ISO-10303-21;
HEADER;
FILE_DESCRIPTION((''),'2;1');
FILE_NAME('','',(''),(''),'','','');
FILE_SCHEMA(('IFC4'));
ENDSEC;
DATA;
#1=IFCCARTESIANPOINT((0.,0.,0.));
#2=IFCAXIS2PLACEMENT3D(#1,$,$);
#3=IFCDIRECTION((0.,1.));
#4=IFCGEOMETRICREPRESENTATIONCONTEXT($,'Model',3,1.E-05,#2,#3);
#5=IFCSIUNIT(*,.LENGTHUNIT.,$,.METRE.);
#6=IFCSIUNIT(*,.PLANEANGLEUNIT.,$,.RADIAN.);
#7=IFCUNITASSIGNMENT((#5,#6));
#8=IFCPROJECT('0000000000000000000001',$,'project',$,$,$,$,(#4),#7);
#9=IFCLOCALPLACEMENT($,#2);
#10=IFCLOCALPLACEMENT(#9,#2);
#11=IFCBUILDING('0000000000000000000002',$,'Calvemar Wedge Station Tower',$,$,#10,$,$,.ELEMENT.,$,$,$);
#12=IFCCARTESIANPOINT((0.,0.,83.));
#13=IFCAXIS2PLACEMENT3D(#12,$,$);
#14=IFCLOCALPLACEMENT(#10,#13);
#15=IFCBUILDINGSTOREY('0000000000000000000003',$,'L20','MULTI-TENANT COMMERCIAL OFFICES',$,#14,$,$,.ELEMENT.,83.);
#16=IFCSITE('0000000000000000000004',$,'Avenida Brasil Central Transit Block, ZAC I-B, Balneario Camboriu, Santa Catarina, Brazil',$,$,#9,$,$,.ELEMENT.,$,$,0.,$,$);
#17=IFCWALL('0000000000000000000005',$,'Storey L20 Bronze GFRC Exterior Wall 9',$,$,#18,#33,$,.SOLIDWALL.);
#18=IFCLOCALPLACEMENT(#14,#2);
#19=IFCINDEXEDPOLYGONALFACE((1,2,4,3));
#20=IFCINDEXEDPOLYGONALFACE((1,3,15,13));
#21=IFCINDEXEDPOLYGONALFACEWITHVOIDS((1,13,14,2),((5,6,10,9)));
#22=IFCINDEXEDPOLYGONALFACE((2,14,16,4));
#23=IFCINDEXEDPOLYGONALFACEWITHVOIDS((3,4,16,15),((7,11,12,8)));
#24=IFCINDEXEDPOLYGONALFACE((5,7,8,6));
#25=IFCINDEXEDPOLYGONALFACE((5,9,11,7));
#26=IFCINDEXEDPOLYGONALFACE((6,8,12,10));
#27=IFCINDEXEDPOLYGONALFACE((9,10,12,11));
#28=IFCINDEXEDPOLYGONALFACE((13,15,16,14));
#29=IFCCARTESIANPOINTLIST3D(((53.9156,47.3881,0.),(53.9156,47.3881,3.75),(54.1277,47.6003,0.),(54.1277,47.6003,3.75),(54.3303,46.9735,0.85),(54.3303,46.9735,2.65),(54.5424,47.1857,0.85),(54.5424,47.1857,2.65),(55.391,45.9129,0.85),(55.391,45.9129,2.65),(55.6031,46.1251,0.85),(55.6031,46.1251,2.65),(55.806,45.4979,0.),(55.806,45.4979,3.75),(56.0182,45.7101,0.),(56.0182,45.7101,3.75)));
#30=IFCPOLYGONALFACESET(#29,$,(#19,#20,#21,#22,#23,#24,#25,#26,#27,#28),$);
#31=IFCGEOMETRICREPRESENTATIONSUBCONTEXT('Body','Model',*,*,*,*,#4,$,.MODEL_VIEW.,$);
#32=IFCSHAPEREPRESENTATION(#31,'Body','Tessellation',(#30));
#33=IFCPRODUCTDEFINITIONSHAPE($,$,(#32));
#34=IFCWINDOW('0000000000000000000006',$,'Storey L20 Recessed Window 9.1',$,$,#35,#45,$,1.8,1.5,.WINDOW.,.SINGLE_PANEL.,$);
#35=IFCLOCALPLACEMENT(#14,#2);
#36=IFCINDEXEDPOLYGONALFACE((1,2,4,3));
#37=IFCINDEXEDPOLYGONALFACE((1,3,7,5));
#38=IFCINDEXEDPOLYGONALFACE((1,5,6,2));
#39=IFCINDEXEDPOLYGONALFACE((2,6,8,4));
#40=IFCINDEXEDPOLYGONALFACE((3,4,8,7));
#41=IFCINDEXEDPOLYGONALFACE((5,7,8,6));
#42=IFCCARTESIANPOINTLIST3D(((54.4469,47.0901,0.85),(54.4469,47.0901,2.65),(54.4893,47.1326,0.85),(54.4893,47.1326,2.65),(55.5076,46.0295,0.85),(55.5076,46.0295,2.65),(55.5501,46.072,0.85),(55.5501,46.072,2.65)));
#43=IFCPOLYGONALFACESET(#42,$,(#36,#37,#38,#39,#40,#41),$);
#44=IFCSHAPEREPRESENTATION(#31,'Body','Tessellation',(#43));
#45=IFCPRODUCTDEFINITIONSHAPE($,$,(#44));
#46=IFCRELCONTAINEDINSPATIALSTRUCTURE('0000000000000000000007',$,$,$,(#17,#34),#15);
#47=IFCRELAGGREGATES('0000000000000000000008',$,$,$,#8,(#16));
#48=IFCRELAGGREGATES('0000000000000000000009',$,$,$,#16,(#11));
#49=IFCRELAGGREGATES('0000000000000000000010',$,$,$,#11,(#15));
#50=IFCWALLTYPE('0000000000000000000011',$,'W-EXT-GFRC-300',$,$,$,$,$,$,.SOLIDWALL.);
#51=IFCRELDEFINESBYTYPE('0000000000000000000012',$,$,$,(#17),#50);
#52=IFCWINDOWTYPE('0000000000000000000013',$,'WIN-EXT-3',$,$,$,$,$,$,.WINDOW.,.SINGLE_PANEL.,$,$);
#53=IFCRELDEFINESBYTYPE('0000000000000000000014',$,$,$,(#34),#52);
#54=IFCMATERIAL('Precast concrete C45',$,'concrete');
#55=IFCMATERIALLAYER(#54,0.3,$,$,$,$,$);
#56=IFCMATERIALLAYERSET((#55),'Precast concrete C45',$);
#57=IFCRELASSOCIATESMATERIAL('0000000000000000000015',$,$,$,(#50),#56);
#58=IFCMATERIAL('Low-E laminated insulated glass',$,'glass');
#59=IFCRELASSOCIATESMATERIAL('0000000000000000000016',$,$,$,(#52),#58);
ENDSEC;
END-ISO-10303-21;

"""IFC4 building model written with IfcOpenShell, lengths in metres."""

from ifc_helpers import new_model, si_unit, direction, frame, frame_2d, origin, place, context, subcontext, project, spatial, rectangle, extrude, source, transform, mapped, material, layer, layer_set, type_object, element, fill, save


model = new_model("IFC4")

# Units and contexts
model_context = context("Model", 3, precision=1e-05, world=origin(), true_north=direction((0.0, 1.0)))
body_context = subcontext(model_context, "Body", "Model", "MODEL_VIEW")
ifc_project = project(units=[si_unit("LENGTHUNIT", "METRE"), si_unit("PLANEANGLEUNIT", "RADIAN")], contexts=[model_context])

# Site, building, storey
site_placement = place(None, origin())
site = spatial("IfcSite", under=ifc_project, at=site_placement, Name="Avenida Brasil Central Transit Block, ZAC I-B, Balneario Camboriu, Santa Catarina, Brazil", CompositionType="ELEMENT", RefElevation=0.0)
building_placement = place(site_placement, origin())
building = spatial("IfcBuilding", under=site, at=building_placement, Name="Calvemar Wedge Station Tower", CompositionType="ELEMENT")
storey_placement = place(building_placement, frame((0.0, 0.0, 83.0)))
storey = spatial("IfcBuildingStorey", under=building, at=storey_placement, Name="L20", Description="MULTI-TENANT COMMERCIAL OFFICES", CompositionType="ELEMENT", Elevation=83.0)

# Shared definitions
ifc_material_1 = material(Name="Precast concrete C45", Category="concrete")

# Wall, opening, window
ifc_layer_1 = layer(ifc_material_1, 0.3)
ifc_layer_set_1 = layer_set([ifc_layer_1], Name="Precast concrete C45")
wall_type_1 = type_object("IfcWallType", Name="W-EXT-GFRC-300", PredefinedType="SOLIDWALL", material=ifc_layer_set_1)
wall_1_placement = place(storey_placement, frame((55.9121, 45.604, 0.0), z_axis=(0.0, 0.0, 1.0), x_axis=(-0.707152, 0.707061, 0.0)))
wall_1 = element("IfcWall", 1, at=wall_1_placement, inside=storey, type_object=wall_type_1, Name="Storey L20 Bronze GFRC Exterior Wall 9", PredefinedType="SOLIDWALL", context=body_context, shape_type="SweptSolid", body=[
    extrude(rectangle(XDim=2.6733, YDim=0.3, at=frame_2d((1.3367, 0.0))), origin(), (0.0, 0.0, 1.0), 3.75),
])
shared_shape_1 = source(origin(), body_context, "Body", "SweptSolid", [
    extrude(rectangle(XDim=1.5, YDim=1.8, at=frame_2d((0.75, 0.8999))), frame((0.0, 0.1602, 0.0), z_axis=(0.0, -1.0, 0.0), x_axis=(1.0, 0.0, 0.0)), (0.0, 0.0, 1.0), 0.3201),
])
opening_1_placement = place(wall_1_placement, frame((0.5869, 0.0, 0.8501)))
opening_1 = element("IfcOpeningElement", 2, at=opening_1_placement, cuts=wall_1, PredefinedType="OPENING", context=body_context, shape_type="MappedRepresentation", body=[
    mapped(shared_shape_1, transform((0.0, 0.0, 0.0), scale=1.0)),
])
ifc_material_2 = material(Name="Low-E laminated insulated glass", Category="glass")
window_type_1 = type_object("IfcWindowType", Name="WIN-EXT-3", PartitioningType="SINGLE_PANEL", PredefinedType="WINDOW", material=ifc_material_2)
shared_shape_2 = source(origin(), body_context, "Body", "SweptSolid", [
    extrude(rectangle(XDim=1.5, YDim=1.8, at=frame_2d((0.75, 0.8999))), frame((0.0, -0.0149, 0.0), z_axis=(0.0, -1.0, 0.0), x_axis=(1.0, 0.0, 0.0)), (0.0, 0.0, 1.0), 0.0601),
])
window_1_placement = place(opening_1_placement, origin())
window_1 = element("IfcWindow", 3, at=window_1_placement, inside=storey, type_object=window_type_1, Name="Storey L20 Recessed Window 9.1", OverallHeight=1.8, OverallWidth=1.5, PartitioningType="SINGLE_PANEL", PredefinedType="WINDOW", context=body_context, shape_type="MappedRepresentation", body=[
    mapped(shared_shape_2, transform((0.0, 0.0, 0.0), scale=1.0)),
])
fill(opening_1, window_1)

save(model, "model.ifc")
